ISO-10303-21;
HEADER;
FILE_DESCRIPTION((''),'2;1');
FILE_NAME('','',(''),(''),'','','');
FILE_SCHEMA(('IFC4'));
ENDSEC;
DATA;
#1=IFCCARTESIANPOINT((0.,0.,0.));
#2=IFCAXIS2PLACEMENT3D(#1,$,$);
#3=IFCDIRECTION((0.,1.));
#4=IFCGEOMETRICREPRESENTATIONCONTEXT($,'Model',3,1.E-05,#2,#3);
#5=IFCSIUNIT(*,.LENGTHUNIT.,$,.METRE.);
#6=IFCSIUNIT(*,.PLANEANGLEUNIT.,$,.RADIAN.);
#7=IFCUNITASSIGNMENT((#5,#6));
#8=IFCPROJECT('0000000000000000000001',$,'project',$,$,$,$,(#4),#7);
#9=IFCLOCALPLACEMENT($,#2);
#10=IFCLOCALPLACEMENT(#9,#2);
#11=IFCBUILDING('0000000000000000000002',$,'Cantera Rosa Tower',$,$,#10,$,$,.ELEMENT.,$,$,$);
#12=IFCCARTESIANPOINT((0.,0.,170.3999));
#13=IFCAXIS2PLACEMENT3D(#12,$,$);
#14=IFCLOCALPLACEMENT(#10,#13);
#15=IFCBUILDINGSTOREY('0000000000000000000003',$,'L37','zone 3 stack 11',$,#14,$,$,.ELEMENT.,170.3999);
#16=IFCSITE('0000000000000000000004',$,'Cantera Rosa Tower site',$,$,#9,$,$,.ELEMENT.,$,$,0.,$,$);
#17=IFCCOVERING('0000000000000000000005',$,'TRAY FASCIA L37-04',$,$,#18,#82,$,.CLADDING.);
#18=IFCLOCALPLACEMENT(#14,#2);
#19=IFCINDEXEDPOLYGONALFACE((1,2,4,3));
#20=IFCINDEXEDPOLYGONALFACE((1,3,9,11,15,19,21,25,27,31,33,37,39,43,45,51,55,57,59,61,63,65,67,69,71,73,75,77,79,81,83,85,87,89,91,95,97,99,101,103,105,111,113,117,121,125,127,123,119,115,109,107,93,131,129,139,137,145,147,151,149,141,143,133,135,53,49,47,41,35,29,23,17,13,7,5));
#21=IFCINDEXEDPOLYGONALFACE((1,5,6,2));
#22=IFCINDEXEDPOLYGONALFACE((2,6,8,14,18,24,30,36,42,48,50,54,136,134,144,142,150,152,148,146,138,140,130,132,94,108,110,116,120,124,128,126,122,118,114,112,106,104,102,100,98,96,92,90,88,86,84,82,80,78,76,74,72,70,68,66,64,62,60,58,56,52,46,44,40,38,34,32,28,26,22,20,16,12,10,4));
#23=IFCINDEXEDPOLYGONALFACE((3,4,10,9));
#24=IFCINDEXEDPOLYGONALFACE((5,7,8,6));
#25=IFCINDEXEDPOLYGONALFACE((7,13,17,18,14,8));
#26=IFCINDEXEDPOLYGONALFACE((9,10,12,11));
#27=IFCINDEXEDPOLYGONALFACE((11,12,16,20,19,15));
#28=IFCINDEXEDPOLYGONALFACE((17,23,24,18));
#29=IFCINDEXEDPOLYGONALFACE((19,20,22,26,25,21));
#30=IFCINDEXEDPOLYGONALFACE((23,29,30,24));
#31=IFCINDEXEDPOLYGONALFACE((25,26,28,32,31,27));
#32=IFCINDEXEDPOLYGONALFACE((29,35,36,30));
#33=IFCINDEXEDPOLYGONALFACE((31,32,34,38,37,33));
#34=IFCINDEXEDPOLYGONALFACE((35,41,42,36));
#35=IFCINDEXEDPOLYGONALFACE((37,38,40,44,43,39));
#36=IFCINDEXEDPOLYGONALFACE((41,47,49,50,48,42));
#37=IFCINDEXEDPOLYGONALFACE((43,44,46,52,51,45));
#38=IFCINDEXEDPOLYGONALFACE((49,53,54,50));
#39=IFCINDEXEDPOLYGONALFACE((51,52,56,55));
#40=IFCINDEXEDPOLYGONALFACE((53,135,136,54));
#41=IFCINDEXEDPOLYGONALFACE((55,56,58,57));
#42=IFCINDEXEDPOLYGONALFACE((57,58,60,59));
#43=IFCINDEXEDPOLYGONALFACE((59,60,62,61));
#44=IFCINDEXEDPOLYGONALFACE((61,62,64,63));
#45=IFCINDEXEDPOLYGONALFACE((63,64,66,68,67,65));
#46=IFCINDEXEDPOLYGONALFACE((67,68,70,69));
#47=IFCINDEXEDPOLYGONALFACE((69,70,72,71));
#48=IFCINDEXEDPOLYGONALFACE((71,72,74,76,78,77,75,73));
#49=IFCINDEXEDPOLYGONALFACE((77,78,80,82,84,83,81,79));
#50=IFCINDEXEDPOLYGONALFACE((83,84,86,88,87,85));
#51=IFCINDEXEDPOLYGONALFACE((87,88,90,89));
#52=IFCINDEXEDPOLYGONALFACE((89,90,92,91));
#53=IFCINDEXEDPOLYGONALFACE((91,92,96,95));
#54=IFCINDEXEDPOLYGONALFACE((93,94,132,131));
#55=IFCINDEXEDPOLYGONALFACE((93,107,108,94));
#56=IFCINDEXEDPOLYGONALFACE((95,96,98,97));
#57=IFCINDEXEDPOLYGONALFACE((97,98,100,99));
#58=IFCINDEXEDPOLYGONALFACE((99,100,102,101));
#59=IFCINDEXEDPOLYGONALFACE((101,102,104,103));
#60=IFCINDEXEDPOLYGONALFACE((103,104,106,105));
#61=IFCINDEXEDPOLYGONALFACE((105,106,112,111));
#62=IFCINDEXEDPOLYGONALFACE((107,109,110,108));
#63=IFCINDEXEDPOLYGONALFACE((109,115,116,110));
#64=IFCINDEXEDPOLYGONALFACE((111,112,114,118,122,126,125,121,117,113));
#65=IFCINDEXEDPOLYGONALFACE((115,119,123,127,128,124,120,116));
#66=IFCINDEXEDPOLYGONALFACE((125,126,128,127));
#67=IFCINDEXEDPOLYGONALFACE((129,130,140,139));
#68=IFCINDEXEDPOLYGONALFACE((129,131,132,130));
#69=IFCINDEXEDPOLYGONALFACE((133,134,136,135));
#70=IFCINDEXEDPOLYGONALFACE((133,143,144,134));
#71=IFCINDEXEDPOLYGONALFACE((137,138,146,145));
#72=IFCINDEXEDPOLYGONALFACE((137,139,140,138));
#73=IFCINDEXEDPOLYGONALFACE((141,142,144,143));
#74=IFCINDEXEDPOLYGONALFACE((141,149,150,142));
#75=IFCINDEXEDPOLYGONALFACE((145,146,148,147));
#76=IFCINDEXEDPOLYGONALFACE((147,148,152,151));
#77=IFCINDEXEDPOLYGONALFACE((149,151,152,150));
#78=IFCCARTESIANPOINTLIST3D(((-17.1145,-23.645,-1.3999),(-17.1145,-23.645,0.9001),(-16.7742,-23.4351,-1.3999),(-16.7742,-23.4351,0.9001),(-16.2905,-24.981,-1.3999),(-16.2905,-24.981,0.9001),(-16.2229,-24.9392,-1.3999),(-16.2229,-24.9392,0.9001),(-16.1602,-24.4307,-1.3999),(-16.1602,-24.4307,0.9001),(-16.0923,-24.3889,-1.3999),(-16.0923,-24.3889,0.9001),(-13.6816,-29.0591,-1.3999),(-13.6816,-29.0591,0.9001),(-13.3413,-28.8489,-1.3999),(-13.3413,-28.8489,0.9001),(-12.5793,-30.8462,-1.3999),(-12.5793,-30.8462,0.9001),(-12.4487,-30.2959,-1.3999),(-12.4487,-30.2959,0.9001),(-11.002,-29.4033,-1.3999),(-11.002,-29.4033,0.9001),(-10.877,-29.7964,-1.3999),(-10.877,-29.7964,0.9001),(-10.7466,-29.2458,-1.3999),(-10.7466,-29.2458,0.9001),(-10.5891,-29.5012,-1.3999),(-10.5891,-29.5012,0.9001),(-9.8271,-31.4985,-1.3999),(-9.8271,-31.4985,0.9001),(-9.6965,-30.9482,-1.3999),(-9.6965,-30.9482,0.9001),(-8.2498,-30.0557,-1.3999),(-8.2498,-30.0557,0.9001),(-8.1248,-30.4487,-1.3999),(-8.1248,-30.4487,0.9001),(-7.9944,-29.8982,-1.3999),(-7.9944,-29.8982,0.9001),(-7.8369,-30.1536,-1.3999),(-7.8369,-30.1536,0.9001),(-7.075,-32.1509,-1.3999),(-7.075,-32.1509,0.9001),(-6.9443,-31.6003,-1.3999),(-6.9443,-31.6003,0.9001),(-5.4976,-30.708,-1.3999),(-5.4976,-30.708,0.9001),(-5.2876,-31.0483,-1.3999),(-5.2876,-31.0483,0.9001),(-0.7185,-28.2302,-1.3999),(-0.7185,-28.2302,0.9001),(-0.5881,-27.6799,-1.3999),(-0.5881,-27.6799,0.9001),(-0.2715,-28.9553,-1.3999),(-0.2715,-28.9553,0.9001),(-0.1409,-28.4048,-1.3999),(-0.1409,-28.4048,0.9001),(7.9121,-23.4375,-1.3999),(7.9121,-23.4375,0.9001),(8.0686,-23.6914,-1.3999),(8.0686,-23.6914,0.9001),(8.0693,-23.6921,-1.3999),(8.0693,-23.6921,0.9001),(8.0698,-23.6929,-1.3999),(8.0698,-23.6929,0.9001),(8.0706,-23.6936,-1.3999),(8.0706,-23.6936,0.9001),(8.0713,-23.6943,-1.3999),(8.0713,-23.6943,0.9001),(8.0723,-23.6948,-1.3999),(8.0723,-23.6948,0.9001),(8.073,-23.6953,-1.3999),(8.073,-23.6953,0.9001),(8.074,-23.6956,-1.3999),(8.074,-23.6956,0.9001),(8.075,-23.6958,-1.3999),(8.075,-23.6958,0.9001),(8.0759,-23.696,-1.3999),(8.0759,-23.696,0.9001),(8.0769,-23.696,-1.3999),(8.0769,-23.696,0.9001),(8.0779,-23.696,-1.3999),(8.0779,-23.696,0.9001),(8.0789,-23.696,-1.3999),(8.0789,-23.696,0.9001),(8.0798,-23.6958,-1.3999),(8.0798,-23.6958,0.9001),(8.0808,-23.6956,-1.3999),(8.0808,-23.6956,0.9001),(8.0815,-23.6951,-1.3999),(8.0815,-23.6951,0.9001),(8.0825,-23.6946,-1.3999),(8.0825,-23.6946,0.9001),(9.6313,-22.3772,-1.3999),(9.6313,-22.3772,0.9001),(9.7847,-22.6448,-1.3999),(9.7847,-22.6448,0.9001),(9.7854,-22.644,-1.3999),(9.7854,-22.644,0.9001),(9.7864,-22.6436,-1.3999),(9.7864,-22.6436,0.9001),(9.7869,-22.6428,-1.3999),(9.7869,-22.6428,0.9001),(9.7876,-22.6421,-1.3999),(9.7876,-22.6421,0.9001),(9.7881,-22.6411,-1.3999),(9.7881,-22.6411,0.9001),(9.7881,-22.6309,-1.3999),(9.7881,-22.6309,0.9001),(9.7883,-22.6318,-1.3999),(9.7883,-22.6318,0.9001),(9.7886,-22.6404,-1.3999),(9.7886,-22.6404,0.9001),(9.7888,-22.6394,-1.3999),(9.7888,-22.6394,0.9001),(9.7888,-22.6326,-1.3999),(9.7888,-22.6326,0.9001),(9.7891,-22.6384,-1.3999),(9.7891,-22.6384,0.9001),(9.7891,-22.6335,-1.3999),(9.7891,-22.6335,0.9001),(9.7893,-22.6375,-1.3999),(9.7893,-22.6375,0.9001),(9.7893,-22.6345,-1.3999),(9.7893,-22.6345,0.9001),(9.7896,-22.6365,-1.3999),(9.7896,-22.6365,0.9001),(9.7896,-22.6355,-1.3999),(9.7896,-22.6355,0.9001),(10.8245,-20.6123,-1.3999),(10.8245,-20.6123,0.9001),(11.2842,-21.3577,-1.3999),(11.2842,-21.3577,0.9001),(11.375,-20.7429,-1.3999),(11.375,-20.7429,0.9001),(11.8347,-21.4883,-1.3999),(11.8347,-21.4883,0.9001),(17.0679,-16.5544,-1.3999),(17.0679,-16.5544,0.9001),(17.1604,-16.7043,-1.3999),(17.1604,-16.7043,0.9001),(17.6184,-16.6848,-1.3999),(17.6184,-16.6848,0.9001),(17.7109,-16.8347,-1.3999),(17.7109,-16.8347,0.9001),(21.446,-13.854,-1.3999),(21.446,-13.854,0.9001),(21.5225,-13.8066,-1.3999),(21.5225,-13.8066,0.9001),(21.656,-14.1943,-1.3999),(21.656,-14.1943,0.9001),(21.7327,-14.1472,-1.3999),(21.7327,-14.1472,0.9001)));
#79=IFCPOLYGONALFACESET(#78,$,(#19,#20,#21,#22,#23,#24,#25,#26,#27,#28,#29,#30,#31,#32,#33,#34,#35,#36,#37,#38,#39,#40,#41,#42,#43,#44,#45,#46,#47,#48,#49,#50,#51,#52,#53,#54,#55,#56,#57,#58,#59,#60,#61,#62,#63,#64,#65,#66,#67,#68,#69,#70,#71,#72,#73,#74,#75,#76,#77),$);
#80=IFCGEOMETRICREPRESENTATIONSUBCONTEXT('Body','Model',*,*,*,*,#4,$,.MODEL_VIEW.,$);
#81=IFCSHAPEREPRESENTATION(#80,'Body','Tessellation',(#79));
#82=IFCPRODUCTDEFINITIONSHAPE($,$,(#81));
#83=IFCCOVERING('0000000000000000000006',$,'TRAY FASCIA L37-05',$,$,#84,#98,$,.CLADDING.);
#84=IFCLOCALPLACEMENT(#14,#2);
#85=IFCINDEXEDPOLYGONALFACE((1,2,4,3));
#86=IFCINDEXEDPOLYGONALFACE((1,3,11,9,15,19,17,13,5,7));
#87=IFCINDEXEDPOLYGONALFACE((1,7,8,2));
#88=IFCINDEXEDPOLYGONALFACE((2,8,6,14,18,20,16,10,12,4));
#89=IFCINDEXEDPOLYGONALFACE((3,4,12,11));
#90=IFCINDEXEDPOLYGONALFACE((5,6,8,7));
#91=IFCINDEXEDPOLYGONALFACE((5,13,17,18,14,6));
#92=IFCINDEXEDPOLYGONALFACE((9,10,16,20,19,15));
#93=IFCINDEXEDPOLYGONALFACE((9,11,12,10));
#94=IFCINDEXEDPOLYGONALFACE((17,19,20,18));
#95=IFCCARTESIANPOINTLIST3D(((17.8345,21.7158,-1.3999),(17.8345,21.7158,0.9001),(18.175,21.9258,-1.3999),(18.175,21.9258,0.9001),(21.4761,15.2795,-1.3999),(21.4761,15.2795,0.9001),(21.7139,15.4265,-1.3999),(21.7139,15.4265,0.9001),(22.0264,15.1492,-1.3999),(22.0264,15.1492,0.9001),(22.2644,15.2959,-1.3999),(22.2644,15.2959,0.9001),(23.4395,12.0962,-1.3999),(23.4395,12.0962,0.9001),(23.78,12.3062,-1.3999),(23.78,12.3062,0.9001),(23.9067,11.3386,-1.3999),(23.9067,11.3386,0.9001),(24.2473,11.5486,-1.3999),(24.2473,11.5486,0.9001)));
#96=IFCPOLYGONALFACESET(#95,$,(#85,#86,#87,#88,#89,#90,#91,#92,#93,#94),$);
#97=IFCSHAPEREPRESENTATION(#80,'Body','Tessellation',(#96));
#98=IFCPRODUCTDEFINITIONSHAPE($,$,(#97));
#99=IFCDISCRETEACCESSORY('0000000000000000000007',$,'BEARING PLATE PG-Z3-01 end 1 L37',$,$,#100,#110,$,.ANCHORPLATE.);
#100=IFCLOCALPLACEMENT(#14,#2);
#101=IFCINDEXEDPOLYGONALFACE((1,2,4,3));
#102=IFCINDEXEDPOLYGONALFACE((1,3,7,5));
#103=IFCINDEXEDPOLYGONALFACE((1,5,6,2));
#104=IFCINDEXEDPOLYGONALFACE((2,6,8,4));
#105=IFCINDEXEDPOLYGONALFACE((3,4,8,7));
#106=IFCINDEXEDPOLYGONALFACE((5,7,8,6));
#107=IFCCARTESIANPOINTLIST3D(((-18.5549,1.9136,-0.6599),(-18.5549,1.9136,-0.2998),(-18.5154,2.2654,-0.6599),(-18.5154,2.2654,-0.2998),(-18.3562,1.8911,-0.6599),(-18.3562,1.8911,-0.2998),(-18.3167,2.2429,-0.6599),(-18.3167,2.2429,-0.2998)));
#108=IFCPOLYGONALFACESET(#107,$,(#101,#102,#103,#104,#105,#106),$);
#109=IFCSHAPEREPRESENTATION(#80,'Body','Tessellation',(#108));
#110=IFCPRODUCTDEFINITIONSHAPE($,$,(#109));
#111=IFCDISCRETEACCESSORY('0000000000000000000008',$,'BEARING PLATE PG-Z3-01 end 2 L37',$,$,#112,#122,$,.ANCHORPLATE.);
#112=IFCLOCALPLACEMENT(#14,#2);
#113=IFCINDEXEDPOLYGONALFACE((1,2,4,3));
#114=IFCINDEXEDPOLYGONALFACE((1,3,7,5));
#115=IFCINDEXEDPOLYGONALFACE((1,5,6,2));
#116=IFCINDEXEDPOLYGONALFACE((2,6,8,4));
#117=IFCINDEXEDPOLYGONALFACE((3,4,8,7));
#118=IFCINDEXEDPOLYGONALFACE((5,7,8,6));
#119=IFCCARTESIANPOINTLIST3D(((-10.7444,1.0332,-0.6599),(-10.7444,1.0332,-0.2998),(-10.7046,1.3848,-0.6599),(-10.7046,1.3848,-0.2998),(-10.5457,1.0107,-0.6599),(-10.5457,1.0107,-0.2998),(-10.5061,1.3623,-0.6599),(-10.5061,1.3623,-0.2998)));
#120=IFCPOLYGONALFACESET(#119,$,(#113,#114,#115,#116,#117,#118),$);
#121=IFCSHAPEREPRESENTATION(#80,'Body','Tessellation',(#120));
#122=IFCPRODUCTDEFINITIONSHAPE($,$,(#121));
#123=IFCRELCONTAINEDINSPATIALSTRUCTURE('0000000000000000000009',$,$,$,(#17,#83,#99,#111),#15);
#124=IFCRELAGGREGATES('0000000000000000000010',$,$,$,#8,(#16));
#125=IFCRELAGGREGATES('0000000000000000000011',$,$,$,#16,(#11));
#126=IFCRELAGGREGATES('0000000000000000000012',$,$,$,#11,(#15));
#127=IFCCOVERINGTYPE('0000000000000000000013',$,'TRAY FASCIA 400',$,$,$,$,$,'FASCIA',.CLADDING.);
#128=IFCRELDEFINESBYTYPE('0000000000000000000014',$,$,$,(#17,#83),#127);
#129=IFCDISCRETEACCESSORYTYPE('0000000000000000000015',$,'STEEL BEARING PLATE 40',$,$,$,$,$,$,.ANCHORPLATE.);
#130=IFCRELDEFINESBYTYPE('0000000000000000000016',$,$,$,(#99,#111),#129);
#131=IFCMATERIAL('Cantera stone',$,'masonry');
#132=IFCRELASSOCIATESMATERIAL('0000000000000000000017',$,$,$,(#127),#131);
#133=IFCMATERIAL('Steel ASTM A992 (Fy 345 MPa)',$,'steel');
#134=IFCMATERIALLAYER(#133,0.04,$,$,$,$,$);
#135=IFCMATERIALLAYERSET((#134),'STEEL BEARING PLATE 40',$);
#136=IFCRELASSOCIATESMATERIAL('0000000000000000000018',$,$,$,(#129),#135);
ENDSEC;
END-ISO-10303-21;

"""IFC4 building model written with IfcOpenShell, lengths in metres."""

from ifc_helpers import new_model, si_unit, direction, frame, origin, place, context, subcontext, project, spatial, polyline, outline, extrude, material, layer, layer_set, type_object, element, save


model = new_model("IFC4")

# Units and contexts
model_context = context("Model", 3, precision=1e-05, world=origin(), true_north=direction((0.0, 1.0)))
body_context = subcontext(model_context, "Body", "Model", "MODEL_VIEW")
ifc_project = project(units=[si_unit("LENGTHUNIT", "METRE"), si_unit("PLANEANGLEUNIT", "RADIAN")], contexts=[model_context])

# Site, building, storey
site_placement = place(None, origin())
site = spatial("IfcSite", under=ifc_project, at=site_placement, Name="Cantera Rosa Tower site", CompositionType="ELEMENT", RefElevation=0.0)
building_placement = place(site_placement, origin())
building = spatial("IfcBuilding", under=site, at=building_placement, Name="Cantera Rosa Tower", CompositionType="ELEMENT")
storey_placement = place(building_placement, frame((0.0, 0.0, 170.3999)))
storey = spatial("IfcBuildingStorey", under=building, at=storey_placement, Name="L37", Description="zone 3 stack 11", CompositionType="ELEMENT", Elevation=170.3999)

# Coverings
ifc_material_1 = material(Name="Cantera stone", Category="masonry")
covering_type = type_object("IfcCoveringType", Name="TRAY FASCIA 400", ElementType="FASCIA", PredefinedType="CLADDING", material=ifc_material_1)
covering_1_placement = place(storey_placement, frame((0.0, 0.0, -1.3999)))
element("IfcCovering", 1, at=covering_1_placement, inside=storey, type_object=covering_type, Name="TRAY FASCIA L37-04", PredefinedType="CLADDING", context=body_context, shape_type="SweptSolid", body=[
    extrude(outline(polyline([(21.656, -14.1943), (17.6184, -16.6848), (17.7109, -16.8347), (11.375, -20.7429), (11.8347, -21.4883), (-0.2715, -28.9553), (-0.7185, -28.2302), (-5.2876, -31.0483), (-7.075, -32.1509), (-8.1248, -30.4487), (-9.8271, -31.4985), (-10.877, -29.7964), (-12.5793, -30.8462), (-13.6816, -29.0591), (-16.2229, -24.9392), (-16.2905, -24.981), (-17.1145, -23.645), (-16.7742, -23.4351), (-16.1602, -24.4307), (-16.0923, -24.3889), (-13.3413, -28.8489), (-12.4487, -30.2959), (-11.002, -29.4033), (-10.7466, -29.2458), (-10.5891, -29.5012), (-9.6965, -30.9482), (-8.2498, -30.0557), (-7.9944, -29.8982), (-7.8369, -30.1536), (-6.9443, -31.6003), (-5.4976, -30.708), (-0.5881, -27.6799), (-0.1409, -28.4048), (7.9121, -23.4375), (8.0686, -23.6914), (8.0693, -23.6921), (8.0698, -23.6929), (8.0706, -23.6936), (8.0713, -23.6943), (8.0723, -23.6948), (8.073, -23.6953), (8.074, -23.6956), (8.075, -23.6958), (8.0759, -23.696), (8.0769, -23.696), (8.0779, -23.696), (8.0789, -23.696), (8.0798, -23.6958), (8.0808, -23.6956), (8.0815, -23.6951), (8.0825, -23.6946), (9.7847, -22.6448), (9.7854, -22.644), (9.7864, -22.6436), (9.7869, -22.6428), (9.7876, -22.6421), (9.7881, -22.6411), (9.7886, -22.6404), (9.7888, -22.6394), (9.7891, -22.6384), (9.7893, -22.6375), (9.7896, -22.6365), (9.7896, -22.6355), (9.7893, -22.6345), (9.7891, -22.6335), (9.7888, -22.6326), (9.7883, -22.6318), (9.7881, -22.6309), (9.6313, -22.3772), (11.2842, -21.3577), (10.8245, -20.6123), (17.1604, -16.7043), (17.0679, -16.5544), (21.446, -13.854), (21.5225, -13.8066), (21.7327, -14.1472), (21.656, -14.1943)])), origin(), (0.0, 0.0, 1.0), 2.3),
])
covering_2_placement = place(storey_placement, frame((0.0, 0.0, -1.3999)))
element("IfcCovering", 2, at=covering_2_placement, inside=storey, type_object=covering_type, Name="TRAY FASCIA L37-05", PredefinedType="CLADDING", context=body_context, shape_type="SweptSolid", body=[
    extrude(outline(polyline([(22.2644, 15.2959), (22.0264, 15.1492), (23.78, 12.3062), (24.2473, 11.5486), (23.9067, 11.3386), (23.4395, 12.0962), (21.4761, 15.2795), (21.7139, 15.4265), (17.8345, 21.7158), (18.175, 21.9258), (22.2644, 15.2959)])), origin(), (0.0, 0.0, 1.0), 2.3),
])

# Discrete accessories
ifc_material_2 = material(Name="Steel ASTM A992 (Fy 345 MPa)", Category="steel")
ifc_layer_1 = layer(ifc_material_2, 0.04)
ifc_layer_set_1 = layer_set([ifc_layer_1], Name="STEEL BEARING PLATE 40")
discrete_accessory_type = type_object("IfcDiscreteAccessoryType", Name="STEEL BEARING PLATE 40", PredefinedType="ANCHORPLATE", material=ifc_layer_set_1)
discrete_accessory_1_placement = place(storey_placement, frame((0.0, 0.0, -0.6599)))
element("IfcDiscreteAccessory", 3, at=discrete_accessory_1_placement, inside=storey, type_object=discrete_accessory_type, Name="BEARING PLATE PG-Z3-01 end 1 L37", PredefinedType="ANCHORPLATE", context=body_context, shape_type="SweptSolid", body=[
    extrude(outline(polyline([(-18.3167, 2.2429), (-18.5154, 2.2654), (-18.5549, 1.9136), (-18.3562, 1.8911), (-18.3167, 2.2429)])), origin(), (0.0, 0.0, 1.0), 0.3601),
])
discrete_accessory_2_placement = place(storey_placement, frame((0.0, 0.0, -0.6599)))
element("IfcDiscreteAccessory", 4, at=discrete_accessory_2_placement, inside=storey, type_object=discrete_accessory_type, Name="BEARING PLATE PG-Z3-01 end 2 L37", PredefinedType="ANCHORPLATE", context=body_context, shape_type="SweptSolid", body=[
    extrude(outline(polyline([(-10.7444, 1.0332), (-10.5457, 1.0107), (-10.5061, 1.3623), (-10.7046, 1.3848), (-10.7444, 1.0332)])), origin(), (0.0, 0.0, 1.0), 0.3601),
])

save(model, "model.ifc")
